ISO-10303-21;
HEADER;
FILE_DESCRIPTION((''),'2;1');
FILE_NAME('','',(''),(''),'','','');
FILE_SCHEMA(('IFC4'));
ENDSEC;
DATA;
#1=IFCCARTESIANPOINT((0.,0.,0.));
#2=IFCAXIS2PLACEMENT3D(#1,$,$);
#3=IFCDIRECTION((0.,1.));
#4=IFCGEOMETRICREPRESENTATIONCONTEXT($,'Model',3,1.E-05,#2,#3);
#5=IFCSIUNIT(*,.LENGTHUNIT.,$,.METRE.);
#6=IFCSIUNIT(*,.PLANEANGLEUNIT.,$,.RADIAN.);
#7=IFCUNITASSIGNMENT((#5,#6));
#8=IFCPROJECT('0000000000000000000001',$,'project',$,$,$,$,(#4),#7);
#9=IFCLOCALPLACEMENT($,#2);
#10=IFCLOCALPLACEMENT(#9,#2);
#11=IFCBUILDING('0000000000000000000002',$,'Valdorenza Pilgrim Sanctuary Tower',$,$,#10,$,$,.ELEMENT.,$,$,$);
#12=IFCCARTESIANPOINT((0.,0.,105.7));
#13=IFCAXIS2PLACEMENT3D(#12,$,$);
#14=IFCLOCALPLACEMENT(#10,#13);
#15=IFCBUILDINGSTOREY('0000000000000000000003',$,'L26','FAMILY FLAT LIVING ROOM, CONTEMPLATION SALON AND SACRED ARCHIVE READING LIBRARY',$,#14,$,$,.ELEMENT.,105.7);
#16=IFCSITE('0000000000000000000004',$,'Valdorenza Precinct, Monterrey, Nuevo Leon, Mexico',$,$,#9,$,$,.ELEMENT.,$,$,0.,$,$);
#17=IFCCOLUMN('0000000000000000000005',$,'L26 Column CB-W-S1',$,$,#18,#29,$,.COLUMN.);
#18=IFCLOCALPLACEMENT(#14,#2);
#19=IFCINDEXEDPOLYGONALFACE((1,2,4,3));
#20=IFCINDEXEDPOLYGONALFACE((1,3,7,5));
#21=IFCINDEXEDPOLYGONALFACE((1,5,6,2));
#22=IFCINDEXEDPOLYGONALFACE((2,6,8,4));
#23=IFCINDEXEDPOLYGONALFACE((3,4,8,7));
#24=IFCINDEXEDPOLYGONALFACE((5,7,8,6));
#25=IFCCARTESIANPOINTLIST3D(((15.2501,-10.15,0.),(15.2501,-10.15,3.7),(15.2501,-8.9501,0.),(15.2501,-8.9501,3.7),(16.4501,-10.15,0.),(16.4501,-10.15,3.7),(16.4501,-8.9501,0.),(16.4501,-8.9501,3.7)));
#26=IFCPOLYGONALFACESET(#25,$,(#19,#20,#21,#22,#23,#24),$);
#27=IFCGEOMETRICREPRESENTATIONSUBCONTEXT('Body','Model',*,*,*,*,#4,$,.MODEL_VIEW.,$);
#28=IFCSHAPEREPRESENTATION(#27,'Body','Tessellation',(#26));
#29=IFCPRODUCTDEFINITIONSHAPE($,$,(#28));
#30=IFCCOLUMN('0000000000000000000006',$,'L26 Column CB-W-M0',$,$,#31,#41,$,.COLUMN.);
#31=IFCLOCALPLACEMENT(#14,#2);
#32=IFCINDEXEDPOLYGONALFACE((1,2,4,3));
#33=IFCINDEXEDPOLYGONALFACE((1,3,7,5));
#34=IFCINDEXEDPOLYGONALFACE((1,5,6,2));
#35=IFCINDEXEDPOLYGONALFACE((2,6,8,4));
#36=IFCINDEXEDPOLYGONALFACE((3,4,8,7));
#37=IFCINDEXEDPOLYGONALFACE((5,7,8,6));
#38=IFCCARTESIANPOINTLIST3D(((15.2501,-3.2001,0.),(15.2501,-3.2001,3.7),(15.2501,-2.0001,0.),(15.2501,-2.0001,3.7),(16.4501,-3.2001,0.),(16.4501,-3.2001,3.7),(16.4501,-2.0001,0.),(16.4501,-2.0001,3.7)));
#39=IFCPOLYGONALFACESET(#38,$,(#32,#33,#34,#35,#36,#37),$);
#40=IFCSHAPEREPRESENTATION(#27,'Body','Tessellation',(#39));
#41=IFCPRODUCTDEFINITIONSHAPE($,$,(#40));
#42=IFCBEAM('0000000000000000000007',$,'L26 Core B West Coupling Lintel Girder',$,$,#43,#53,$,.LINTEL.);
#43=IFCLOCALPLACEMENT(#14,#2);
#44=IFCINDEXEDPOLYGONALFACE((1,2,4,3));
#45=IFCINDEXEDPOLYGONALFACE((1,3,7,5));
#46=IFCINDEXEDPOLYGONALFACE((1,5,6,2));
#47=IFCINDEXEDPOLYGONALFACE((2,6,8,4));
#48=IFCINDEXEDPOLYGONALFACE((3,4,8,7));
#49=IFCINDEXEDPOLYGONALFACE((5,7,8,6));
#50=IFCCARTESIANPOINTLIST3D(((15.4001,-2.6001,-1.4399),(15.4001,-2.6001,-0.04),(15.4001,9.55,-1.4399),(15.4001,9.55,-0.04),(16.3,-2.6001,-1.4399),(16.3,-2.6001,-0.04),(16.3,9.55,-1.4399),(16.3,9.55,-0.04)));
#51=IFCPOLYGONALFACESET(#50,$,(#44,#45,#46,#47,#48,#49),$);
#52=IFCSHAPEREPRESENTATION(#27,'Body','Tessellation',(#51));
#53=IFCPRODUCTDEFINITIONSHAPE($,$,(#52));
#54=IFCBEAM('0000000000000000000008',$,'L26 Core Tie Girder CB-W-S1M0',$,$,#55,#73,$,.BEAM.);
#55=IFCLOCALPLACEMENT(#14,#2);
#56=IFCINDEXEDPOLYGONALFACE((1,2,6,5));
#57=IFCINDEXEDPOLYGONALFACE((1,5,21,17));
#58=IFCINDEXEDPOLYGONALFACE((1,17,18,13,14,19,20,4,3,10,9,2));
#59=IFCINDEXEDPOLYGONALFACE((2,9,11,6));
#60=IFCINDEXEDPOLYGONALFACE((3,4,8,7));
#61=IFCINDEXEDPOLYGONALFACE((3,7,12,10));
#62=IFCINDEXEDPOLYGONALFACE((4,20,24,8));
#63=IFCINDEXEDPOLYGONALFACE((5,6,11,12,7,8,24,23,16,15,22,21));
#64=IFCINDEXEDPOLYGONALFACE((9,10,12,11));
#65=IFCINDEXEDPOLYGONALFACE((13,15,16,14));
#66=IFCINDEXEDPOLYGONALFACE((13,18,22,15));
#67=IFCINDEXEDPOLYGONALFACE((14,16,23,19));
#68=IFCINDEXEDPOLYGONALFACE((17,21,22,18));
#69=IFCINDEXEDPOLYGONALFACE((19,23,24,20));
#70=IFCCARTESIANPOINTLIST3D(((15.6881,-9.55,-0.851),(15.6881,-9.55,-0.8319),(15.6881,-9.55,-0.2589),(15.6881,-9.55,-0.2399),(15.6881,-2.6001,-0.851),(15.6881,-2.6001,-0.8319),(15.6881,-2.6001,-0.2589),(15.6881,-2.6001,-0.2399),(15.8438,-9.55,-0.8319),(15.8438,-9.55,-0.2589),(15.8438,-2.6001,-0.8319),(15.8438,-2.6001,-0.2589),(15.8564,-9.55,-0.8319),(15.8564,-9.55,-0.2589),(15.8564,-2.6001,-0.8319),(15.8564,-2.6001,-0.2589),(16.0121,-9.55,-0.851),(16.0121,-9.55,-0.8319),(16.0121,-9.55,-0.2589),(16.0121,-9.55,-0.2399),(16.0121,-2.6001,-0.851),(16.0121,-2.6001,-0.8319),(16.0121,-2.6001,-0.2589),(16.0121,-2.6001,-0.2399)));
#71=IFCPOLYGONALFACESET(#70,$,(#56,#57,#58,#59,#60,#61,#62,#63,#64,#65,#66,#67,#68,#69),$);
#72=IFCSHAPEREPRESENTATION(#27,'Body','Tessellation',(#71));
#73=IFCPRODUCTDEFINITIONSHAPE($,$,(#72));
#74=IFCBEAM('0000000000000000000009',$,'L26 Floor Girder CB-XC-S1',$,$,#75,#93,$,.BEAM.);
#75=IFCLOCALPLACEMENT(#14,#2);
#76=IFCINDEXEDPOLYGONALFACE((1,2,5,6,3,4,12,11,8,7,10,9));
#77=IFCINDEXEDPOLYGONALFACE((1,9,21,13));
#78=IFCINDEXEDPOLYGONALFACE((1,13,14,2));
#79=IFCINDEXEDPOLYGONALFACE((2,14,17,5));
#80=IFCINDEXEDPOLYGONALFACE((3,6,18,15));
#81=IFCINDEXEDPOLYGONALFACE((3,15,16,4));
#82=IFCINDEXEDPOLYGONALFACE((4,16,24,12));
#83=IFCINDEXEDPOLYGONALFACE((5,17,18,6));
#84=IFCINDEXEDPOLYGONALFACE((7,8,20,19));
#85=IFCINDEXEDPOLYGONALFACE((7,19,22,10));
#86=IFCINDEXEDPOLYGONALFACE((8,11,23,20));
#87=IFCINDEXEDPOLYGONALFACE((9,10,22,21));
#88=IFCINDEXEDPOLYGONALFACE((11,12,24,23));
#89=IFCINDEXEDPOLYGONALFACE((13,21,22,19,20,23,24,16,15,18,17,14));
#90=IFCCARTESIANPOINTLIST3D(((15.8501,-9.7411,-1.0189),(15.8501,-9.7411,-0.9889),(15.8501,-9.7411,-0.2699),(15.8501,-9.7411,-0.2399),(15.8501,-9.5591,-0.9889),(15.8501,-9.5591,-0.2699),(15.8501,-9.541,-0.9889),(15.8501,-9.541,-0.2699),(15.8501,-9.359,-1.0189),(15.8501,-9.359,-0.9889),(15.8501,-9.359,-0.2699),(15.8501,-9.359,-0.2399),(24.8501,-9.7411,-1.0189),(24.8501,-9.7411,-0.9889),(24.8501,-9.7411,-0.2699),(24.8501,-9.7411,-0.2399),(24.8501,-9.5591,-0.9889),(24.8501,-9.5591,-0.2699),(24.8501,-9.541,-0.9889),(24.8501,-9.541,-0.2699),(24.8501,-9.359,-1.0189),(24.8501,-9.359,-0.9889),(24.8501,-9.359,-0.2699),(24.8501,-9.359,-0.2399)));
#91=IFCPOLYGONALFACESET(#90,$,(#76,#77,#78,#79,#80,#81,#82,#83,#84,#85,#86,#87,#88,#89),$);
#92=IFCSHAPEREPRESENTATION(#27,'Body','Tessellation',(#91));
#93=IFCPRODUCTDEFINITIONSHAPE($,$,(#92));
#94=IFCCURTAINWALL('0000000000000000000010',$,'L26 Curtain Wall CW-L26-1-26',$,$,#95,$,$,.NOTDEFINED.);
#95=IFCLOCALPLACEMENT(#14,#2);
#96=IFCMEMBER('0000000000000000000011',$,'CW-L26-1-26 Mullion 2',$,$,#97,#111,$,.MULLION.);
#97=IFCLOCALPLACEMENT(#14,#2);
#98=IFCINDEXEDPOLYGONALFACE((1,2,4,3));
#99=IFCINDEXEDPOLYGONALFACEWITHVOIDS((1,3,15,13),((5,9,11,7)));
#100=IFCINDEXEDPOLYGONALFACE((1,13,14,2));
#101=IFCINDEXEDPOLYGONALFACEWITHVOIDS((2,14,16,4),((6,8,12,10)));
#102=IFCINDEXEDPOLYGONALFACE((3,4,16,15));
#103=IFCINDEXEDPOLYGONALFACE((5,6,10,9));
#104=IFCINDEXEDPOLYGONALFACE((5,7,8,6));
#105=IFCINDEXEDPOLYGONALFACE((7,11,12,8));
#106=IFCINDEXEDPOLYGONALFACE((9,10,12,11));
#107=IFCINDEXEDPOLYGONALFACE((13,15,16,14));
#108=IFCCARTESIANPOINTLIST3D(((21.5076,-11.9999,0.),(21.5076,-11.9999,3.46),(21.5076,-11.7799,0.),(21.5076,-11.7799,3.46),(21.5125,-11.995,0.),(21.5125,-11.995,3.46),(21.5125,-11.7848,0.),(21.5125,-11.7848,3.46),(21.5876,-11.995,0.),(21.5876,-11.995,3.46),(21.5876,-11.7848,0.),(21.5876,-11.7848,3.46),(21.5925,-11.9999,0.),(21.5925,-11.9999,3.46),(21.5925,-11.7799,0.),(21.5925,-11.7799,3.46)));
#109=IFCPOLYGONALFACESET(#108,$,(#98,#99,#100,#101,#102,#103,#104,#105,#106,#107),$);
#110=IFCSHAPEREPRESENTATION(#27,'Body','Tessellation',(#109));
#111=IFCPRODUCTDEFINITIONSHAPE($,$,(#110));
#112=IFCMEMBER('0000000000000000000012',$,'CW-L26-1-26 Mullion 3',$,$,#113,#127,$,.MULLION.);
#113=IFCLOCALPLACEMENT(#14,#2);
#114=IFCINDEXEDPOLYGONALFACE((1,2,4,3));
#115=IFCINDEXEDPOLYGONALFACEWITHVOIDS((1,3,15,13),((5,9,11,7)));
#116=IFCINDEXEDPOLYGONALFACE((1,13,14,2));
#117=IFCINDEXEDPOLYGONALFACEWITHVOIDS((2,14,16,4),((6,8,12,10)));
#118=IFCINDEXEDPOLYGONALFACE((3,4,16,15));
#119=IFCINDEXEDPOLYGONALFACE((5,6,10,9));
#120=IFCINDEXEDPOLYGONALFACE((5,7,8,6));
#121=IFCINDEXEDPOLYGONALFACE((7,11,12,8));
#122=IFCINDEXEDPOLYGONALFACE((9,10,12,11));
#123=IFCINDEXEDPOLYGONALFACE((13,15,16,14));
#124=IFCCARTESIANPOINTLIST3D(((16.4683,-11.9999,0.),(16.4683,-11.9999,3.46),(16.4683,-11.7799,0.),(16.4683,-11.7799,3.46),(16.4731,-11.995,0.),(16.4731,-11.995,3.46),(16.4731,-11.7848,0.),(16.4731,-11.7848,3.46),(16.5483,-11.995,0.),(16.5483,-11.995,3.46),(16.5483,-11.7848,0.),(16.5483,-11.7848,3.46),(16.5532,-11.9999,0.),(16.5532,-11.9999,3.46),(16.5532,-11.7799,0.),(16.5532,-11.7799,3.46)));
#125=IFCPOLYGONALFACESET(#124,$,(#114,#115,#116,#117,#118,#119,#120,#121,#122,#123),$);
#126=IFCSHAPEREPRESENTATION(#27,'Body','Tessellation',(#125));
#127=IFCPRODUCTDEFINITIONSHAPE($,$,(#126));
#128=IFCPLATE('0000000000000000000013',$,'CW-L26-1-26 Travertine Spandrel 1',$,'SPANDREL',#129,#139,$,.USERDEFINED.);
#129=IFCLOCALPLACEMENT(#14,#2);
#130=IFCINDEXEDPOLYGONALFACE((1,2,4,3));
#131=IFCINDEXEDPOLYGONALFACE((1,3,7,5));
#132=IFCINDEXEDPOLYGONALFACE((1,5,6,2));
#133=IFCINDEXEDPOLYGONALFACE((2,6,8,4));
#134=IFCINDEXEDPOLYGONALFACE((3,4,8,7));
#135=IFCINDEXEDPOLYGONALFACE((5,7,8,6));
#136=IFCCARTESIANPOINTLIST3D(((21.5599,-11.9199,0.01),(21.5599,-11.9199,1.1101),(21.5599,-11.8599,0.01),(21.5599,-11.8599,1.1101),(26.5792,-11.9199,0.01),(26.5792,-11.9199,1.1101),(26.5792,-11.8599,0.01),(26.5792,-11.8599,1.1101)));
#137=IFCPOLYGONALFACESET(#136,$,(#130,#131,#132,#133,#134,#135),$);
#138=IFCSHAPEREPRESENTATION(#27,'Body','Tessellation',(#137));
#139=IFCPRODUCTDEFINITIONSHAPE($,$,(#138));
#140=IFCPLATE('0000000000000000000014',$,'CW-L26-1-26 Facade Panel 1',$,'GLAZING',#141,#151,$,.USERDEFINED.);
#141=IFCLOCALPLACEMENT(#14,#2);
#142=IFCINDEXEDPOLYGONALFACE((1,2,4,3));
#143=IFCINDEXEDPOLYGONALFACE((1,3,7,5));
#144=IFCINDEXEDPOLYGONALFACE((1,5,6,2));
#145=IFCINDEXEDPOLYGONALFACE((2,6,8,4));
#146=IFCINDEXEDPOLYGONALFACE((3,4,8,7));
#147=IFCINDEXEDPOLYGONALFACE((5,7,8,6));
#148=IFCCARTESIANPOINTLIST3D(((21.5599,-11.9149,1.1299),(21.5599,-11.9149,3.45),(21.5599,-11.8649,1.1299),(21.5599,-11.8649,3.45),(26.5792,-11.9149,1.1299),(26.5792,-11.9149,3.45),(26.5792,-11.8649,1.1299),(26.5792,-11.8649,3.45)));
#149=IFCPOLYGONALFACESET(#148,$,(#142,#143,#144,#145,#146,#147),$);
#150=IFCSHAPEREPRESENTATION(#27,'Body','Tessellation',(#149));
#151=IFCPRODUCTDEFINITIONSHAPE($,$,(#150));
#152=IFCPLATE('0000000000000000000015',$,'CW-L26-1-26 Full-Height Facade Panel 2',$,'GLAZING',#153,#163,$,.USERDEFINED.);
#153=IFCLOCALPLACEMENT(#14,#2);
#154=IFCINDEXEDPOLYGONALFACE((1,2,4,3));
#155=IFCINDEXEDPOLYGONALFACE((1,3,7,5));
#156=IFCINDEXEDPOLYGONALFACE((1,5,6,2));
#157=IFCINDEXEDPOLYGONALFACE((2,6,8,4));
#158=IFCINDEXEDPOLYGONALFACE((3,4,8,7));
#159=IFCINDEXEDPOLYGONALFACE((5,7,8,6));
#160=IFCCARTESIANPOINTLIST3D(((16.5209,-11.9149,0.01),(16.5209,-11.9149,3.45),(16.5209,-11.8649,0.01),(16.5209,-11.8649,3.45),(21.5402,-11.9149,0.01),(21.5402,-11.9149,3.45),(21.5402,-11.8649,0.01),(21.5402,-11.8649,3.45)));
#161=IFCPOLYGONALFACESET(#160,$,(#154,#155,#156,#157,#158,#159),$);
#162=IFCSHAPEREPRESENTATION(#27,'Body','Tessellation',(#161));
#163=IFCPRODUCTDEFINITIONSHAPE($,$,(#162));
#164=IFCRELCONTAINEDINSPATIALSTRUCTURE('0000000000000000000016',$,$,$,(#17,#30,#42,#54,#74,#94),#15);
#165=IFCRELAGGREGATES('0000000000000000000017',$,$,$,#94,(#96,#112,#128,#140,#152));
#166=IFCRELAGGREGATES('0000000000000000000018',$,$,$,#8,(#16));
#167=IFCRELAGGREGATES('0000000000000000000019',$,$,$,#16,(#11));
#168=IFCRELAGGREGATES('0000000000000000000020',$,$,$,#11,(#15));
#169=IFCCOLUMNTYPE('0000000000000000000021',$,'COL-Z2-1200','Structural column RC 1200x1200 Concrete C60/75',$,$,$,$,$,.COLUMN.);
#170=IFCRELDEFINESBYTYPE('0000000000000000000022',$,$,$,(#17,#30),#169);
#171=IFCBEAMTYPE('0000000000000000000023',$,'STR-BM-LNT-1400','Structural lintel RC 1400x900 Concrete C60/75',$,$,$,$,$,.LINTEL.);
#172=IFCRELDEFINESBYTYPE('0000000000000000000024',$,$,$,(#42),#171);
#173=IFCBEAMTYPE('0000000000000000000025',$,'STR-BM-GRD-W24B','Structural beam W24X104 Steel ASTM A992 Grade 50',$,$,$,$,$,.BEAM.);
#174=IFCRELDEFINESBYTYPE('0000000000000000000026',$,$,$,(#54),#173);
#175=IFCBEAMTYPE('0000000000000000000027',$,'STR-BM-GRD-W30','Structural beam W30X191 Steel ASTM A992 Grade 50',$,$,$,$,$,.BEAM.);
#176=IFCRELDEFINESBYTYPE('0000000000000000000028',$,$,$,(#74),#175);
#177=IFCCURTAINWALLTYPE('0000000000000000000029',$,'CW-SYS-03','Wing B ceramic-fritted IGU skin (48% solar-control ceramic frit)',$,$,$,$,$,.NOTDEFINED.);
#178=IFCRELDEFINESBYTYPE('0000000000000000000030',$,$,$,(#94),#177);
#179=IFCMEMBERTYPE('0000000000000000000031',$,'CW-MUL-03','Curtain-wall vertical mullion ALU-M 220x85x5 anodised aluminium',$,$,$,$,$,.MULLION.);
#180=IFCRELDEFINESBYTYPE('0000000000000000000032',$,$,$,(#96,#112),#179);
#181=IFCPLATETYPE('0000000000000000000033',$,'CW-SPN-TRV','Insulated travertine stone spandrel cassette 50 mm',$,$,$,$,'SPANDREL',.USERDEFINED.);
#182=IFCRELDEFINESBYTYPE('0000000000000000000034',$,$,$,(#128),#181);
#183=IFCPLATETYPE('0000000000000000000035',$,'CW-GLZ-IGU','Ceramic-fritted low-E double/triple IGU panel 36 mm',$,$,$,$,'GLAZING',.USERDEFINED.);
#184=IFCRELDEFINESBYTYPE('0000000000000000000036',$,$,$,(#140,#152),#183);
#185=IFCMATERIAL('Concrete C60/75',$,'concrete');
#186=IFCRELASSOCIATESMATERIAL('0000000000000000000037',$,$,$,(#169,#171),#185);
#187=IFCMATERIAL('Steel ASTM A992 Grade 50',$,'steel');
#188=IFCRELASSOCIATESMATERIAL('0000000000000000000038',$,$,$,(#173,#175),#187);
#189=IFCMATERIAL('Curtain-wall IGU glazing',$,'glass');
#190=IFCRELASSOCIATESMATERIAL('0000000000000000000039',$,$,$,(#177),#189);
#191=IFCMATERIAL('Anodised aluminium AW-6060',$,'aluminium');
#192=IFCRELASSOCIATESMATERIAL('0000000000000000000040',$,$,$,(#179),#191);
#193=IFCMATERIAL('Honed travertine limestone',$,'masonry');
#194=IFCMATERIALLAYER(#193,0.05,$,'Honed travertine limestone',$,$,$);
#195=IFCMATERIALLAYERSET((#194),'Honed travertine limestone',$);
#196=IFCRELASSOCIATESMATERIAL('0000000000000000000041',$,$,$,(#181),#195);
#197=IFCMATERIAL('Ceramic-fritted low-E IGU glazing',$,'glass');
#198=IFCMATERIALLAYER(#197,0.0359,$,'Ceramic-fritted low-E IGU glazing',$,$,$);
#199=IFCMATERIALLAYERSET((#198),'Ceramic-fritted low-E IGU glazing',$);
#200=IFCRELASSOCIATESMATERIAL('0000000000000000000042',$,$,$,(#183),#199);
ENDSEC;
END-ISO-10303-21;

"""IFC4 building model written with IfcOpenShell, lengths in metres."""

from ifc_helpers import new_model, si_unit, direction, frame, origin, origin_2d, place, context, subcontext, project, spatial, rectangle, hollow_rectangle, i_section, extrude, source, transform, mapped, material, layer, layer_set, material_profile, profile_set, type_object, element, aggregate, save


model = new_model("IFC4")

# Units and contexts
model_context = context("Model", 3, precision=1e-05, world=origin(), true_north=direction((0.0, 1.0)))
body_context = subcontext(model_context, "Body", "Model", "MODEL_VIEW")
ifc_project = project(units=[si_unit("LENGTHUNIT", "METRE"), si_unit("PLANEANGLEUNIT", "RADIAN")], contexts=[model_context])

# Site, building, storey
site_placement = place(None, origin())
site = spatial("IfcSite", under=ifc_project, at=site_placement, Name="Valdorenza Precinct, Monterrey, Nuevo Leon, Mexico", CompositionType="ELEMENT", RefElevation=0.0)
building_placement = place(site_placement, origin())
building = spatial("IfcBuilding", under=site, at=building_placement, Name="Valdorenza Pilgrim Sanctuary Tower", CompositionType="ELEMENT")
storey_placement = place(building_placement, frame((0.0, 0.0, 105.7)))
storey = spatial("IfcBuildingStorey", under=building, at=storey_placement, Name="L26", Description="FAMILY FLAT LIVING ROOM, CONTEMPLATION SALON AND SACRED ARCHIVE READING LIBRARY", CompositionType="ELEMENT", Elevation=105.7)

# Columns
ifc_material_1 = material(Name="Concrete C60/75", Category="concrete")
ifc_material_profile_1 = material_profile(ifc_material_1, rectangle(XDim=1.2, YDim=1.2, at=origin_2d()), Name="RC 1200x1200")
ifc_profile_set_1 = profile_set([ifc_material_profile_1], Name="Concrete C60/75")
column_type = type_object("IfcColumnType", Name="COL-Z2-1200", Description="Structural column RC 1200x1200 Concrete C60/75", PredefinedType="COLUMN", material=ifc_profile_set_1)
shared_shape_1 = source(origin(), body_context, "Body", "SweptSolid", [
    extrude(rectangle(XDim=1.2, YDim=1.2, at=origin_2d()), origin(), (0.0, 0.0, 1.0), 3.7),
])
for number, where, z_axis, x_axis, name in (
    (1, (15.8501, -9.55, 0.0), (0.0, 0.0, 1.0), (1.0, 0.0, 0.0), "L26 Column CB-W-S1"),
    (2, (15.8501, -2.6001, 0.0), (0.0, 0.0, 1.0), (1.0, 0.0, 0.0), "L26 Column CB-W-M0"),
):
    element("IfcColumn", number, at=place(storey_placement, frame(where, z_axis=z_axis, x_axis=x_axis)), inside=storey, type_object=column_type, Name=name, PredefinedType="COLUMN", context=body_context, shape_type="MappedRepresentation", body=[
        mapped(shared_shape_1, transform((0.0, 0.0, 0.0), x_axis=(1.0, 0.0, 0.0), y_axis=(0.0, 1.0, 0.0), z_axis=(0.0, 0.0, 1.0), scale=1.0)),
    ])

# Beams
ifc_material_profile_2 = material_profile(ifc_material_1, rectangle(XDim=0.8999, YDim=1.3999, at=origin_2d()), Name="RC 1400x900")
ifc_profile_set_2 = profile_set([ifc_material_profile_2], Name="Concrete C60/75")
beam_type_1 = type_object("IfcBeamType", Name="STR-BM-LNT-1400", Description="Structural lintel RC 1400x900 Concrete C60/75", PredefinedType="LINTEL", material=ifc_profile_set_2)
shared_shape_2 = source(origin(), body_context, "Body", "SweptSolid", [
    extrude(rectangle(XDim=0.8999, YDim=1.3999, at=origin_2d()), origin(), (0.0, 0.0, 1.0), 12.1501),
])
beam_1_placement = place(storey_placement, frame((15.8501, -2.6001, -0.74), z_axis=(0.0, 1.0, 0.0), x_axis=(-1.0, 0.0, 0.0)))
element("IfcBeam", 3, at=beam_1_placement, inside=storey, type_object=beam_type_1, Name="L26 Core B West Coupling Lintel Girder", PredefinedType="LINTEL", context=body_context, shape_type="MappedRepresentation", body=[
    mapped(shared_shape_2, transform((0.0, 0.0, 0.0), x_axis=(1.0, 0.0, 0.0), y_axis=(0.0, 1.0, 0.0), z_axis=(0.0, 0.0, 1.0), scale=1.0)),
])
ifc_material_2 = material(Name="Steel ASTM A992 Grade 50", Category="steel")
ifc_material_profile_3 = material_profile(ifc_material_2, i_section(OverallWidth=0.324, OverallDepth=0.6111, WebThickness=0.0127, FlangeThickness=0.019, at=origin_2d()), Name="W24X104")
ifc_profile_set_3 = profile_set([ifc_material_profile_3], Name="Steel ASTM A992 Grade 50")
beam_type_2 = type_object("IfcBeamType", Name="STR-BM-GRD-W24B", Description="Structural beam W24X104 Steel ASTM A992 Grade 50", PredefinedType="BEAM", material=ifc_profile_set_3)
shared_shape_3 = source(origin(), body_context, "Body", "SweptSolid", [
    extrude(i_section(OverallWidth=0.324, OverallDepth=0.6111, WebThickness=0.0127, FlangeThickness=0.019, at=origin_2d()), origin(), (0.0, 0.0, 1.0), 6.95),
])
beam_2_placement = place(storey_placement, frame((15.8501, -9.55, -0.5454), z_axis=(0.0, 1.0, 0.0), x_axis=(-1.0, 0.0, 0.0)))
element("IfcBeam", 4, at=beam_2_placement, inside=storey, type_object=beam_type_2, Name="L26 Core Tie Girder CB-W-S1M0", PredefinedType="BEAM", context=body_context, shape_type="MappedRepresentation", body=[
    mapped(shared_shape_3, transform((0.0, 0.0, 0.0), x_axis=(1.0, 0.0, 0.0), y_axis=(0.0, 1.0, 0.0), z_axis=(0.0, 0.0, 1.0), scale=1.0)),
])
ifc_material_profile_4 = material_profile(ifc_material_2, i_section(OverallWidth=0.3821, OverallDepth=0.7791, WebThickness=0.0181, FlangeThickness=0.03, at=origin_2d()), Name="W30X191")
ifc_profile_set_4 = profile_set([ifc_material_profile_4], Name="Steel ASTM A992 Grade 50")
beam_type_3 = type_object("IfcBeamType", Name="STR-BM-GRD-W30", Description="Structural beam W30X191 Steel ASTM A992 Grade 50", PredefinedType="BEAM", material=ifc_profile_set_4)
shared_shape_4 = source(origin(), body_context, "Body", "SweptSolid", [
    extrude(i_section(OverallWidth=0.3821, OverallDepth=0.7791, WebThickness=0.0181, FlangeThickness=0.03, at=origin_2d()), origin(), (0.0, 0.0, 1.0), 9.0),
])
beam_3_placement = place(storey_placement, frame((15.8501, -9.55, -0.6294), z_axis=(1.0, 0.0, 0.0), x_axis=(0.0, 1.0, 0.0)))
element("IfcBeam", 5, at=beam_3_placement, inside=storey, type_object=beam_type_3, Name="L26 Floor Girder CB-XC-S1", PredefinedType="BEAM", context=body_context, shape_type="MappedRepresentation", body=[
    mapped(shared_shape_4, transform((0.0, 0.0, 0.0), x_axis=(1.0, 0.0, 0.0), y_axis=(0.0, 1.0, 0.0), z_axis=(0.0, 0.0, 1.0), scale=1.0)),
])

# Curtain wall, members, plates
ifc_material_3 = material(Name="Curtain-wall IGU glazing", Category="glass")
curtain_wall_type = type_object("IfcCurtainWallType", Name="CW-SYS-03", Description="Wing B ceramic-fritted IGU skin (48% solar-control ceramic frit)", PredefinedType="NOTDEFINED", material=ifc_material_3)
curtain_wall_placement = place(storey_placement, origin())
curtain_wall = element("IfcCurtainWall", 6, at=curtain_wall_placement, inside=storey, type_object=curtain_wall_type, Name="L26 Curtain Wall CW-L26-1-26", PredefinedType="NOTDEFINED")
ifc_material_4 = material(Name="Anodised aluminium AW-6060", Category="aluminium")
ifc_material_profile_5 = material_profile(ifc_material_4, hollow_rectangle(XDim=0.085, YDim=0.22, WallThickness=0.0049, at=origin_2d()), Name="ALU-M 220x85x5")
ifc_profile_set_5 = profile_set([ifc_material_profile_5], Name="Anodised aluminium AW-6060")
member_type = type_object("IfcMemberType", Name="CW-MUL-03", Description="Curtain-wall vertical mullion ALU-M 220x85x5 anodised aluminium", PredefinedType="MULLION", material=ifc_profile_set_5)
shared_shape_5 = source(origin(), body_context, "Body", "SweptSolid", [
    extrude(hollow_rectangle(XDim=0.085, YDim=0.22, WallThickness=0.0049, at=origin_2d()), origin(), (0.0, 0.0, 1.0), 3.46),
])
member_1_placement = place(storey_placement, frame((21.55, -11.8899, 0.0), z_axis=(0.0, 0.0, 1.0), x_axis=(-1.0, 0.0, 0.0)))
member_1 = element("IfcMember", 7, at=member_1_placement, type_object=member_type, Name="CW-L26-1-26 Mullion 2", PredefinedType="MULLION", context=body_context, shape_type="MappedRepresentation", body=[
    mapped(shared_shape_5, transform((0.0, 0.0, 0.0), x_axis=(1.0, 0.0, 0.0), y_axis=(0.0, 1.0, 0.0), z_axis=(0.0, 0.0, 1.0), scale=1.0)),
])
member_2_placement = place(storey_placement, frame((16.5107, -11.8899, 0.0), z_axis=(0.0, 0.0, 1.0), x_axis=(-1.0, 0.0, 0.0)))
member_2 = element("IfcMember", 8, at=member_2_placement, type_object=member_type, Name="CW-L26-1-26 Mullion 3", PredefinedType="MULLION", context=body_context, shape_type="MappedRepresentation", body=[
    mapped(shared_shape_5, transform((0.0, 0.0, 0.0), x_axis=(1.0, 0.0, 0.0), y_axis=(0.0, 1.0, 0.0), z_axis=(0.0, 0.0, 1.0), scale=1.0)),
])
ifc_material_5 = material(Name="Honed travertine limestone", Category="masonry")
ifc_layer_1 = layer(ifc_material_5, 0.05, Name="Honed travertine limestone")
ifc_layer_set_1 = layer_set([ifc_layer_1], Name="Honed travertine limestone")
plate_type_1 = type_object("IfcPlateType", Name="CW-SPN-TRV", Description="Insulated travertine stone spandrel cassette 50 mm", ElementType="SPANDREL", PredefinedType="USERDEFINED", material=ifc_layer_set_1)
shared_shape_6 = source(origin(), body_context, "Body", "SweptSolid", [
    extrude(rectangle(XDim=5.0193, YDim=0.0601, at=origin_2d()), origin(), (0.0, 0.0, 1.0), 1.1001),
])
plate_1_placement = place(storey_placement, frame((24.0696, -11.8899, 0.01), z_axis=(0.0, 0.0, 1.0), x_axis=(-1.0, 0.0, 0.0)))
plate_1 = element("IfcPlate", 9, at=plate_1_placement, type_object=plate_type_1, Name="CW-L26-1-26 Travertine Spandrel 1", ObjectType="SPANDREL", PredefinedType="USERDEFINED", context=body_context, shape_type="MappedRepresentation", body=[
    mapped(shared_shape_6, transform((0.0, 0.0, 0.0), x_axis=(1.0, 0.0, 0.0), y_axis=(0.0, 1.0, 0.0), z_axis=(0.0, 0.0, 1.0), scale=1.0)),
])
ifc_material_6 = material(Name="Ceramic-fritted low-E IGU glazing", Category="glass")
ifc_layer_2 = layer(ifc_material_6, 0.0359, Name="Ceramic-fritted low-E IGU glazing")
ifc_layer_set_2 = layer_set([ifc_layer_2], Name="Ceramic-fritted low-E IGU glazing")
plate_type_2 = type_object("IfcPlateType", Name="CW-GLZ-IGU", Description="Ceramic-fritted low-E double/triple IGU panel 36 mm", ElementType="GLAZING", PredefinedType="USERDEFINED", material=ifc_layer_set_2)
shared_shape_7 = source(origin(), body_context, "Body", "SweptSolid", [
    extrude(rectangle(XDim=5.0193, YDim=0.05, at=origin_2d()), origin(), (0.0, 0.0, 1.0), 2.3201),
])
plate_2_placement = place(storey_placement, frame((24.0696, -11.8899, 1.1299), z_axis=(0.0, 0.0, 1.0), x_axis=(-1.0, 0.0, 0.0)))
plate_2 = element("IfcPlate", 10, at=plate_2_placement, type_object=plate_type_2, Name="CW-L26-1-26 Facade Panel 1", ObjectType="GLAZING", PredefinedType="USERDEFINED", context=body_context, shape_type="MappedRepresentation", body=[
    mapped(shared_shape_7, transform((0.0, 0.0, 0.0), x_axis=(1.0, 0.0, 0.0), y_axis=(0.0, 1.0, 0.0), z_axis=(0.0, 0.0, 1.0), scale=1.0)),
])
shared_shape_8 = source(origin(), body_context, "Body", "SweptSolid", [
    extrude(rectangle(XDim=5.0193, YDim=0.05, at=origin_2d()), origin(), (0.0, 0.0, 1.0), 3.4399),
])
plate_3_placement = place(storey_placement, frame((19.0305, -11.8899, 0.01), z_axis=(0.0, 0.0, 1.0), x_axis=(-1.0, 0.0, 0.0)))
plate_3 = element("IfcPlate", 11, at=plate_3_placement, type_object=plate_type_2, Name="CW-L26-1-26 Full-Height Facade Panel 2", ObjectType="GLAZING", PredefinedType="USERDEFINED", context=body_context, shape_type="MappedRepresentation", body=[
    mapped(shared_shape_8, transform((0.0, 0.0, 0.0), x_axis=(1.0, 0.0, 0.0), y_axis=(0.0, 1.0, 0.0), z_axis=(0.0, 0.0, 1.0), scale=1.0)),
])
aggregate(curtain_wall, [member_1, member_2, plate_1, plate_2, plate_3])

save(model, "model.ifc")
